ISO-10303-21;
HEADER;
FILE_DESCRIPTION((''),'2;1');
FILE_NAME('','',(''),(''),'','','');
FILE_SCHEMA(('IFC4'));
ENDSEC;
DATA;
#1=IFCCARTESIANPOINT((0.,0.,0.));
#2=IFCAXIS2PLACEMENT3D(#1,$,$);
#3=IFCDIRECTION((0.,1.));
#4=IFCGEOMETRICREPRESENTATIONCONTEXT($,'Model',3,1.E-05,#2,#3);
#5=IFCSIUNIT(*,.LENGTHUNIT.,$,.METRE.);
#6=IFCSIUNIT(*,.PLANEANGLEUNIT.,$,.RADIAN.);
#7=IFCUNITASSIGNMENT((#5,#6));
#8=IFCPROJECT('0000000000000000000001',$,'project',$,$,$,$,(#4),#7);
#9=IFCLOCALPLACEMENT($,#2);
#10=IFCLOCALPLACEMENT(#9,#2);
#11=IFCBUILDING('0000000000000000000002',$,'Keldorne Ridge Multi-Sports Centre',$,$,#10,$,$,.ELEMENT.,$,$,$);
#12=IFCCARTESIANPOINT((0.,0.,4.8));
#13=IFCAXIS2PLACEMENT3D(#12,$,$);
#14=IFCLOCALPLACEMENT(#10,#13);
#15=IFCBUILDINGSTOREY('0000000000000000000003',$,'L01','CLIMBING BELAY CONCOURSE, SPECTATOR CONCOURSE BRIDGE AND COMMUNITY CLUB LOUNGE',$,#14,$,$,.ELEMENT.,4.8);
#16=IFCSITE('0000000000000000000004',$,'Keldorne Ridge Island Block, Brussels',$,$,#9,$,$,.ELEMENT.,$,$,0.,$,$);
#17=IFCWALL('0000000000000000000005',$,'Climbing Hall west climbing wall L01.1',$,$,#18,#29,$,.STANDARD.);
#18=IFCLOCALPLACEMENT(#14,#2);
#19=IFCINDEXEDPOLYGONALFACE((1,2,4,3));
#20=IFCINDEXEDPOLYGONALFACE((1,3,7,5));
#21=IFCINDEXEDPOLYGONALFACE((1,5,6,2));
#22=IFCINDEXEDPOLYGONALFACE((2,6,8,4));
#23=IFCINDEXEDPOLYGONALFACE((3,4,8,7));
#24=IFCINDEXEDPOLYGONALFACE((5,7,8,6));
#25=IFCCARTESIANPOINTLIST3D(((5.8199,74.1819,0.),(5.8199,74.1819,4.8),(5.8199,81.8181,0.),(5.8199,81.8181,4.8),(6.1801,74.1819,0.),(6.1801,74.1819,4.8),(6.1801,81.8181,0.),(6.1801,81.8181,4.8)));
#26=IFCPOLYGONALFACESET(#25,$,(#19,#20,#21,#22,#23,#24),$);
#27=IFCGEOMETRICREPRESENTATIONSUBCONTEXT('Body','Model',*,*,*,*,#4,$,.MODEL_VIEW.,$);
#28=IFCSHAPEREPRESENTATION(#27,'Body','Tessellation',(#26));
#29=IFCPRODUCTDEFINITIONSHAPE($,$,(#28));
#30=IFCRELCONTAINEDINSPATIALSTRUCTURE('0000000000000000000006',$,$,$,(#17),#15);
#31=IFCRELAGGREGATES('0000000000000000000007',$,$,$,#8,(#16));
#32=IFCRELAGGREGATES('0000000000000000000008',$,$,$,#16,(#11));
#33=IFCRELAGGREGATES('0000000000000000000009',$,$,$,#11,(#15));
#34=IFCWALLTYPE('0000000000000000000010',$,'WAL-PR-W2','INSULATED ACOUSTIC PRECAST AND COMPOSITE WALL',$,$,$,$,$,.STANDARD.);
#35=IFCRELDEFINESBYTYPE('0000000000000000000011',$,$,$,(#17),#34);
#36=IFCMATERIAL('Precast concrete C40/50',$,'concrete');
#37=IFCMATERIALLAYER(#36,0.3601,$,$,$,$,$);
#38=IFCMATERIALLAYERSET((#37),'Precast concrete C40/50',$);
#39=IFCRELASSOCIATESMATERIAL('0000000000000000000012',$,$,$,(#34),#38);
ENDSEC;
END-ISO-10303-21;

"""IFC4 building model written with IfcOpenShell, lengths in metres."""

from ifc_helpers import new_model, si_unit, direction, frame, frame_2d, origin, place, context, subcontext, project, spatial, rectangle, extrude, material, layer, layer_set, type_object, element, save


model = new_model("IFC4")

# Units and contexts
model_context = context("Model", 3, precision=1e-05, world=origin(), true_north=direction((0.0, 1.0)))
body_context = subcontext(model_context, "Body", "Model", "MODEL_VIEW")
ifc_project = project(units=[si_unit("LENGTHUNIT", "METRE"), si_unit("PLANEANGLEUNIT", "RADIAN")], contexts=[model_context])

# Site, building, storey
site_placement = place(None, origin())
site = spatial("IfcSite", under=ifc_project, at=site_placement, Name="Keldorne Ridge Island Block, Brussels", CompositionType="ELEMENT", RefElevation=0.0)
building_placement = place(site_placement, origin())
building = spatial("IfcBuilding", under=site, at=building_placement, Name="Keldorne Ridge Multi-Sports Centre", CompositionType="ELEMENT")
storey_placement = place(building_placement, frame((0.0, 0.0, 4.8)))
storey = spatial("IfcBuildingStorey", under=building, at=storey_placement, Name="L01", Description="CLIMBING BELAY CONCOURSE, SPECTATOR CONCOURSE BRIDGE AND COMMUNITY CLUB LOUNGE", CompositionType="ELEMENT", Elevation=4.8)

# Wall
ifc_material_1 = material(Name="Precast concrete C40/50", Category="concrete")
ifc_layer_1 = layer(ifc_material_1, 0.3601)
ifc_layer_set_1 = layer_set([ifc_layer_1], Name="Precast concrete C40/50")
wall_type = type_object("IfcWallType", Name="WAL-PR-W2", Description="INSULATED ACOUSTIC PRECAST AND COMPOSITE WALL", PredefinedType="STANDARD", material=ifc_layer_set_1)
wall_placement = place(storey_placement, frame((6.0, 81.8181, 0.0), z_axis=(0.0, 0.0, 1.0), x_axis=(0.0, -1.0, 0.0)))
element("IfcWall", 1, at=wall_placement, inside=storey, type_object=wall_type, Name="Climbing Hall west climbing wall L01.1", PredefinedType="STANDARD", context=body_context, shape_type="SweptSolid", body=[
    extrude(rectangle(XDim=7.6362, YDim=0.3601, at=frame_2d((3.8181, 0.0))), origin(), (0.0, 0.0, 1.0), 4.8),
])

save(model, "model.ifc")
